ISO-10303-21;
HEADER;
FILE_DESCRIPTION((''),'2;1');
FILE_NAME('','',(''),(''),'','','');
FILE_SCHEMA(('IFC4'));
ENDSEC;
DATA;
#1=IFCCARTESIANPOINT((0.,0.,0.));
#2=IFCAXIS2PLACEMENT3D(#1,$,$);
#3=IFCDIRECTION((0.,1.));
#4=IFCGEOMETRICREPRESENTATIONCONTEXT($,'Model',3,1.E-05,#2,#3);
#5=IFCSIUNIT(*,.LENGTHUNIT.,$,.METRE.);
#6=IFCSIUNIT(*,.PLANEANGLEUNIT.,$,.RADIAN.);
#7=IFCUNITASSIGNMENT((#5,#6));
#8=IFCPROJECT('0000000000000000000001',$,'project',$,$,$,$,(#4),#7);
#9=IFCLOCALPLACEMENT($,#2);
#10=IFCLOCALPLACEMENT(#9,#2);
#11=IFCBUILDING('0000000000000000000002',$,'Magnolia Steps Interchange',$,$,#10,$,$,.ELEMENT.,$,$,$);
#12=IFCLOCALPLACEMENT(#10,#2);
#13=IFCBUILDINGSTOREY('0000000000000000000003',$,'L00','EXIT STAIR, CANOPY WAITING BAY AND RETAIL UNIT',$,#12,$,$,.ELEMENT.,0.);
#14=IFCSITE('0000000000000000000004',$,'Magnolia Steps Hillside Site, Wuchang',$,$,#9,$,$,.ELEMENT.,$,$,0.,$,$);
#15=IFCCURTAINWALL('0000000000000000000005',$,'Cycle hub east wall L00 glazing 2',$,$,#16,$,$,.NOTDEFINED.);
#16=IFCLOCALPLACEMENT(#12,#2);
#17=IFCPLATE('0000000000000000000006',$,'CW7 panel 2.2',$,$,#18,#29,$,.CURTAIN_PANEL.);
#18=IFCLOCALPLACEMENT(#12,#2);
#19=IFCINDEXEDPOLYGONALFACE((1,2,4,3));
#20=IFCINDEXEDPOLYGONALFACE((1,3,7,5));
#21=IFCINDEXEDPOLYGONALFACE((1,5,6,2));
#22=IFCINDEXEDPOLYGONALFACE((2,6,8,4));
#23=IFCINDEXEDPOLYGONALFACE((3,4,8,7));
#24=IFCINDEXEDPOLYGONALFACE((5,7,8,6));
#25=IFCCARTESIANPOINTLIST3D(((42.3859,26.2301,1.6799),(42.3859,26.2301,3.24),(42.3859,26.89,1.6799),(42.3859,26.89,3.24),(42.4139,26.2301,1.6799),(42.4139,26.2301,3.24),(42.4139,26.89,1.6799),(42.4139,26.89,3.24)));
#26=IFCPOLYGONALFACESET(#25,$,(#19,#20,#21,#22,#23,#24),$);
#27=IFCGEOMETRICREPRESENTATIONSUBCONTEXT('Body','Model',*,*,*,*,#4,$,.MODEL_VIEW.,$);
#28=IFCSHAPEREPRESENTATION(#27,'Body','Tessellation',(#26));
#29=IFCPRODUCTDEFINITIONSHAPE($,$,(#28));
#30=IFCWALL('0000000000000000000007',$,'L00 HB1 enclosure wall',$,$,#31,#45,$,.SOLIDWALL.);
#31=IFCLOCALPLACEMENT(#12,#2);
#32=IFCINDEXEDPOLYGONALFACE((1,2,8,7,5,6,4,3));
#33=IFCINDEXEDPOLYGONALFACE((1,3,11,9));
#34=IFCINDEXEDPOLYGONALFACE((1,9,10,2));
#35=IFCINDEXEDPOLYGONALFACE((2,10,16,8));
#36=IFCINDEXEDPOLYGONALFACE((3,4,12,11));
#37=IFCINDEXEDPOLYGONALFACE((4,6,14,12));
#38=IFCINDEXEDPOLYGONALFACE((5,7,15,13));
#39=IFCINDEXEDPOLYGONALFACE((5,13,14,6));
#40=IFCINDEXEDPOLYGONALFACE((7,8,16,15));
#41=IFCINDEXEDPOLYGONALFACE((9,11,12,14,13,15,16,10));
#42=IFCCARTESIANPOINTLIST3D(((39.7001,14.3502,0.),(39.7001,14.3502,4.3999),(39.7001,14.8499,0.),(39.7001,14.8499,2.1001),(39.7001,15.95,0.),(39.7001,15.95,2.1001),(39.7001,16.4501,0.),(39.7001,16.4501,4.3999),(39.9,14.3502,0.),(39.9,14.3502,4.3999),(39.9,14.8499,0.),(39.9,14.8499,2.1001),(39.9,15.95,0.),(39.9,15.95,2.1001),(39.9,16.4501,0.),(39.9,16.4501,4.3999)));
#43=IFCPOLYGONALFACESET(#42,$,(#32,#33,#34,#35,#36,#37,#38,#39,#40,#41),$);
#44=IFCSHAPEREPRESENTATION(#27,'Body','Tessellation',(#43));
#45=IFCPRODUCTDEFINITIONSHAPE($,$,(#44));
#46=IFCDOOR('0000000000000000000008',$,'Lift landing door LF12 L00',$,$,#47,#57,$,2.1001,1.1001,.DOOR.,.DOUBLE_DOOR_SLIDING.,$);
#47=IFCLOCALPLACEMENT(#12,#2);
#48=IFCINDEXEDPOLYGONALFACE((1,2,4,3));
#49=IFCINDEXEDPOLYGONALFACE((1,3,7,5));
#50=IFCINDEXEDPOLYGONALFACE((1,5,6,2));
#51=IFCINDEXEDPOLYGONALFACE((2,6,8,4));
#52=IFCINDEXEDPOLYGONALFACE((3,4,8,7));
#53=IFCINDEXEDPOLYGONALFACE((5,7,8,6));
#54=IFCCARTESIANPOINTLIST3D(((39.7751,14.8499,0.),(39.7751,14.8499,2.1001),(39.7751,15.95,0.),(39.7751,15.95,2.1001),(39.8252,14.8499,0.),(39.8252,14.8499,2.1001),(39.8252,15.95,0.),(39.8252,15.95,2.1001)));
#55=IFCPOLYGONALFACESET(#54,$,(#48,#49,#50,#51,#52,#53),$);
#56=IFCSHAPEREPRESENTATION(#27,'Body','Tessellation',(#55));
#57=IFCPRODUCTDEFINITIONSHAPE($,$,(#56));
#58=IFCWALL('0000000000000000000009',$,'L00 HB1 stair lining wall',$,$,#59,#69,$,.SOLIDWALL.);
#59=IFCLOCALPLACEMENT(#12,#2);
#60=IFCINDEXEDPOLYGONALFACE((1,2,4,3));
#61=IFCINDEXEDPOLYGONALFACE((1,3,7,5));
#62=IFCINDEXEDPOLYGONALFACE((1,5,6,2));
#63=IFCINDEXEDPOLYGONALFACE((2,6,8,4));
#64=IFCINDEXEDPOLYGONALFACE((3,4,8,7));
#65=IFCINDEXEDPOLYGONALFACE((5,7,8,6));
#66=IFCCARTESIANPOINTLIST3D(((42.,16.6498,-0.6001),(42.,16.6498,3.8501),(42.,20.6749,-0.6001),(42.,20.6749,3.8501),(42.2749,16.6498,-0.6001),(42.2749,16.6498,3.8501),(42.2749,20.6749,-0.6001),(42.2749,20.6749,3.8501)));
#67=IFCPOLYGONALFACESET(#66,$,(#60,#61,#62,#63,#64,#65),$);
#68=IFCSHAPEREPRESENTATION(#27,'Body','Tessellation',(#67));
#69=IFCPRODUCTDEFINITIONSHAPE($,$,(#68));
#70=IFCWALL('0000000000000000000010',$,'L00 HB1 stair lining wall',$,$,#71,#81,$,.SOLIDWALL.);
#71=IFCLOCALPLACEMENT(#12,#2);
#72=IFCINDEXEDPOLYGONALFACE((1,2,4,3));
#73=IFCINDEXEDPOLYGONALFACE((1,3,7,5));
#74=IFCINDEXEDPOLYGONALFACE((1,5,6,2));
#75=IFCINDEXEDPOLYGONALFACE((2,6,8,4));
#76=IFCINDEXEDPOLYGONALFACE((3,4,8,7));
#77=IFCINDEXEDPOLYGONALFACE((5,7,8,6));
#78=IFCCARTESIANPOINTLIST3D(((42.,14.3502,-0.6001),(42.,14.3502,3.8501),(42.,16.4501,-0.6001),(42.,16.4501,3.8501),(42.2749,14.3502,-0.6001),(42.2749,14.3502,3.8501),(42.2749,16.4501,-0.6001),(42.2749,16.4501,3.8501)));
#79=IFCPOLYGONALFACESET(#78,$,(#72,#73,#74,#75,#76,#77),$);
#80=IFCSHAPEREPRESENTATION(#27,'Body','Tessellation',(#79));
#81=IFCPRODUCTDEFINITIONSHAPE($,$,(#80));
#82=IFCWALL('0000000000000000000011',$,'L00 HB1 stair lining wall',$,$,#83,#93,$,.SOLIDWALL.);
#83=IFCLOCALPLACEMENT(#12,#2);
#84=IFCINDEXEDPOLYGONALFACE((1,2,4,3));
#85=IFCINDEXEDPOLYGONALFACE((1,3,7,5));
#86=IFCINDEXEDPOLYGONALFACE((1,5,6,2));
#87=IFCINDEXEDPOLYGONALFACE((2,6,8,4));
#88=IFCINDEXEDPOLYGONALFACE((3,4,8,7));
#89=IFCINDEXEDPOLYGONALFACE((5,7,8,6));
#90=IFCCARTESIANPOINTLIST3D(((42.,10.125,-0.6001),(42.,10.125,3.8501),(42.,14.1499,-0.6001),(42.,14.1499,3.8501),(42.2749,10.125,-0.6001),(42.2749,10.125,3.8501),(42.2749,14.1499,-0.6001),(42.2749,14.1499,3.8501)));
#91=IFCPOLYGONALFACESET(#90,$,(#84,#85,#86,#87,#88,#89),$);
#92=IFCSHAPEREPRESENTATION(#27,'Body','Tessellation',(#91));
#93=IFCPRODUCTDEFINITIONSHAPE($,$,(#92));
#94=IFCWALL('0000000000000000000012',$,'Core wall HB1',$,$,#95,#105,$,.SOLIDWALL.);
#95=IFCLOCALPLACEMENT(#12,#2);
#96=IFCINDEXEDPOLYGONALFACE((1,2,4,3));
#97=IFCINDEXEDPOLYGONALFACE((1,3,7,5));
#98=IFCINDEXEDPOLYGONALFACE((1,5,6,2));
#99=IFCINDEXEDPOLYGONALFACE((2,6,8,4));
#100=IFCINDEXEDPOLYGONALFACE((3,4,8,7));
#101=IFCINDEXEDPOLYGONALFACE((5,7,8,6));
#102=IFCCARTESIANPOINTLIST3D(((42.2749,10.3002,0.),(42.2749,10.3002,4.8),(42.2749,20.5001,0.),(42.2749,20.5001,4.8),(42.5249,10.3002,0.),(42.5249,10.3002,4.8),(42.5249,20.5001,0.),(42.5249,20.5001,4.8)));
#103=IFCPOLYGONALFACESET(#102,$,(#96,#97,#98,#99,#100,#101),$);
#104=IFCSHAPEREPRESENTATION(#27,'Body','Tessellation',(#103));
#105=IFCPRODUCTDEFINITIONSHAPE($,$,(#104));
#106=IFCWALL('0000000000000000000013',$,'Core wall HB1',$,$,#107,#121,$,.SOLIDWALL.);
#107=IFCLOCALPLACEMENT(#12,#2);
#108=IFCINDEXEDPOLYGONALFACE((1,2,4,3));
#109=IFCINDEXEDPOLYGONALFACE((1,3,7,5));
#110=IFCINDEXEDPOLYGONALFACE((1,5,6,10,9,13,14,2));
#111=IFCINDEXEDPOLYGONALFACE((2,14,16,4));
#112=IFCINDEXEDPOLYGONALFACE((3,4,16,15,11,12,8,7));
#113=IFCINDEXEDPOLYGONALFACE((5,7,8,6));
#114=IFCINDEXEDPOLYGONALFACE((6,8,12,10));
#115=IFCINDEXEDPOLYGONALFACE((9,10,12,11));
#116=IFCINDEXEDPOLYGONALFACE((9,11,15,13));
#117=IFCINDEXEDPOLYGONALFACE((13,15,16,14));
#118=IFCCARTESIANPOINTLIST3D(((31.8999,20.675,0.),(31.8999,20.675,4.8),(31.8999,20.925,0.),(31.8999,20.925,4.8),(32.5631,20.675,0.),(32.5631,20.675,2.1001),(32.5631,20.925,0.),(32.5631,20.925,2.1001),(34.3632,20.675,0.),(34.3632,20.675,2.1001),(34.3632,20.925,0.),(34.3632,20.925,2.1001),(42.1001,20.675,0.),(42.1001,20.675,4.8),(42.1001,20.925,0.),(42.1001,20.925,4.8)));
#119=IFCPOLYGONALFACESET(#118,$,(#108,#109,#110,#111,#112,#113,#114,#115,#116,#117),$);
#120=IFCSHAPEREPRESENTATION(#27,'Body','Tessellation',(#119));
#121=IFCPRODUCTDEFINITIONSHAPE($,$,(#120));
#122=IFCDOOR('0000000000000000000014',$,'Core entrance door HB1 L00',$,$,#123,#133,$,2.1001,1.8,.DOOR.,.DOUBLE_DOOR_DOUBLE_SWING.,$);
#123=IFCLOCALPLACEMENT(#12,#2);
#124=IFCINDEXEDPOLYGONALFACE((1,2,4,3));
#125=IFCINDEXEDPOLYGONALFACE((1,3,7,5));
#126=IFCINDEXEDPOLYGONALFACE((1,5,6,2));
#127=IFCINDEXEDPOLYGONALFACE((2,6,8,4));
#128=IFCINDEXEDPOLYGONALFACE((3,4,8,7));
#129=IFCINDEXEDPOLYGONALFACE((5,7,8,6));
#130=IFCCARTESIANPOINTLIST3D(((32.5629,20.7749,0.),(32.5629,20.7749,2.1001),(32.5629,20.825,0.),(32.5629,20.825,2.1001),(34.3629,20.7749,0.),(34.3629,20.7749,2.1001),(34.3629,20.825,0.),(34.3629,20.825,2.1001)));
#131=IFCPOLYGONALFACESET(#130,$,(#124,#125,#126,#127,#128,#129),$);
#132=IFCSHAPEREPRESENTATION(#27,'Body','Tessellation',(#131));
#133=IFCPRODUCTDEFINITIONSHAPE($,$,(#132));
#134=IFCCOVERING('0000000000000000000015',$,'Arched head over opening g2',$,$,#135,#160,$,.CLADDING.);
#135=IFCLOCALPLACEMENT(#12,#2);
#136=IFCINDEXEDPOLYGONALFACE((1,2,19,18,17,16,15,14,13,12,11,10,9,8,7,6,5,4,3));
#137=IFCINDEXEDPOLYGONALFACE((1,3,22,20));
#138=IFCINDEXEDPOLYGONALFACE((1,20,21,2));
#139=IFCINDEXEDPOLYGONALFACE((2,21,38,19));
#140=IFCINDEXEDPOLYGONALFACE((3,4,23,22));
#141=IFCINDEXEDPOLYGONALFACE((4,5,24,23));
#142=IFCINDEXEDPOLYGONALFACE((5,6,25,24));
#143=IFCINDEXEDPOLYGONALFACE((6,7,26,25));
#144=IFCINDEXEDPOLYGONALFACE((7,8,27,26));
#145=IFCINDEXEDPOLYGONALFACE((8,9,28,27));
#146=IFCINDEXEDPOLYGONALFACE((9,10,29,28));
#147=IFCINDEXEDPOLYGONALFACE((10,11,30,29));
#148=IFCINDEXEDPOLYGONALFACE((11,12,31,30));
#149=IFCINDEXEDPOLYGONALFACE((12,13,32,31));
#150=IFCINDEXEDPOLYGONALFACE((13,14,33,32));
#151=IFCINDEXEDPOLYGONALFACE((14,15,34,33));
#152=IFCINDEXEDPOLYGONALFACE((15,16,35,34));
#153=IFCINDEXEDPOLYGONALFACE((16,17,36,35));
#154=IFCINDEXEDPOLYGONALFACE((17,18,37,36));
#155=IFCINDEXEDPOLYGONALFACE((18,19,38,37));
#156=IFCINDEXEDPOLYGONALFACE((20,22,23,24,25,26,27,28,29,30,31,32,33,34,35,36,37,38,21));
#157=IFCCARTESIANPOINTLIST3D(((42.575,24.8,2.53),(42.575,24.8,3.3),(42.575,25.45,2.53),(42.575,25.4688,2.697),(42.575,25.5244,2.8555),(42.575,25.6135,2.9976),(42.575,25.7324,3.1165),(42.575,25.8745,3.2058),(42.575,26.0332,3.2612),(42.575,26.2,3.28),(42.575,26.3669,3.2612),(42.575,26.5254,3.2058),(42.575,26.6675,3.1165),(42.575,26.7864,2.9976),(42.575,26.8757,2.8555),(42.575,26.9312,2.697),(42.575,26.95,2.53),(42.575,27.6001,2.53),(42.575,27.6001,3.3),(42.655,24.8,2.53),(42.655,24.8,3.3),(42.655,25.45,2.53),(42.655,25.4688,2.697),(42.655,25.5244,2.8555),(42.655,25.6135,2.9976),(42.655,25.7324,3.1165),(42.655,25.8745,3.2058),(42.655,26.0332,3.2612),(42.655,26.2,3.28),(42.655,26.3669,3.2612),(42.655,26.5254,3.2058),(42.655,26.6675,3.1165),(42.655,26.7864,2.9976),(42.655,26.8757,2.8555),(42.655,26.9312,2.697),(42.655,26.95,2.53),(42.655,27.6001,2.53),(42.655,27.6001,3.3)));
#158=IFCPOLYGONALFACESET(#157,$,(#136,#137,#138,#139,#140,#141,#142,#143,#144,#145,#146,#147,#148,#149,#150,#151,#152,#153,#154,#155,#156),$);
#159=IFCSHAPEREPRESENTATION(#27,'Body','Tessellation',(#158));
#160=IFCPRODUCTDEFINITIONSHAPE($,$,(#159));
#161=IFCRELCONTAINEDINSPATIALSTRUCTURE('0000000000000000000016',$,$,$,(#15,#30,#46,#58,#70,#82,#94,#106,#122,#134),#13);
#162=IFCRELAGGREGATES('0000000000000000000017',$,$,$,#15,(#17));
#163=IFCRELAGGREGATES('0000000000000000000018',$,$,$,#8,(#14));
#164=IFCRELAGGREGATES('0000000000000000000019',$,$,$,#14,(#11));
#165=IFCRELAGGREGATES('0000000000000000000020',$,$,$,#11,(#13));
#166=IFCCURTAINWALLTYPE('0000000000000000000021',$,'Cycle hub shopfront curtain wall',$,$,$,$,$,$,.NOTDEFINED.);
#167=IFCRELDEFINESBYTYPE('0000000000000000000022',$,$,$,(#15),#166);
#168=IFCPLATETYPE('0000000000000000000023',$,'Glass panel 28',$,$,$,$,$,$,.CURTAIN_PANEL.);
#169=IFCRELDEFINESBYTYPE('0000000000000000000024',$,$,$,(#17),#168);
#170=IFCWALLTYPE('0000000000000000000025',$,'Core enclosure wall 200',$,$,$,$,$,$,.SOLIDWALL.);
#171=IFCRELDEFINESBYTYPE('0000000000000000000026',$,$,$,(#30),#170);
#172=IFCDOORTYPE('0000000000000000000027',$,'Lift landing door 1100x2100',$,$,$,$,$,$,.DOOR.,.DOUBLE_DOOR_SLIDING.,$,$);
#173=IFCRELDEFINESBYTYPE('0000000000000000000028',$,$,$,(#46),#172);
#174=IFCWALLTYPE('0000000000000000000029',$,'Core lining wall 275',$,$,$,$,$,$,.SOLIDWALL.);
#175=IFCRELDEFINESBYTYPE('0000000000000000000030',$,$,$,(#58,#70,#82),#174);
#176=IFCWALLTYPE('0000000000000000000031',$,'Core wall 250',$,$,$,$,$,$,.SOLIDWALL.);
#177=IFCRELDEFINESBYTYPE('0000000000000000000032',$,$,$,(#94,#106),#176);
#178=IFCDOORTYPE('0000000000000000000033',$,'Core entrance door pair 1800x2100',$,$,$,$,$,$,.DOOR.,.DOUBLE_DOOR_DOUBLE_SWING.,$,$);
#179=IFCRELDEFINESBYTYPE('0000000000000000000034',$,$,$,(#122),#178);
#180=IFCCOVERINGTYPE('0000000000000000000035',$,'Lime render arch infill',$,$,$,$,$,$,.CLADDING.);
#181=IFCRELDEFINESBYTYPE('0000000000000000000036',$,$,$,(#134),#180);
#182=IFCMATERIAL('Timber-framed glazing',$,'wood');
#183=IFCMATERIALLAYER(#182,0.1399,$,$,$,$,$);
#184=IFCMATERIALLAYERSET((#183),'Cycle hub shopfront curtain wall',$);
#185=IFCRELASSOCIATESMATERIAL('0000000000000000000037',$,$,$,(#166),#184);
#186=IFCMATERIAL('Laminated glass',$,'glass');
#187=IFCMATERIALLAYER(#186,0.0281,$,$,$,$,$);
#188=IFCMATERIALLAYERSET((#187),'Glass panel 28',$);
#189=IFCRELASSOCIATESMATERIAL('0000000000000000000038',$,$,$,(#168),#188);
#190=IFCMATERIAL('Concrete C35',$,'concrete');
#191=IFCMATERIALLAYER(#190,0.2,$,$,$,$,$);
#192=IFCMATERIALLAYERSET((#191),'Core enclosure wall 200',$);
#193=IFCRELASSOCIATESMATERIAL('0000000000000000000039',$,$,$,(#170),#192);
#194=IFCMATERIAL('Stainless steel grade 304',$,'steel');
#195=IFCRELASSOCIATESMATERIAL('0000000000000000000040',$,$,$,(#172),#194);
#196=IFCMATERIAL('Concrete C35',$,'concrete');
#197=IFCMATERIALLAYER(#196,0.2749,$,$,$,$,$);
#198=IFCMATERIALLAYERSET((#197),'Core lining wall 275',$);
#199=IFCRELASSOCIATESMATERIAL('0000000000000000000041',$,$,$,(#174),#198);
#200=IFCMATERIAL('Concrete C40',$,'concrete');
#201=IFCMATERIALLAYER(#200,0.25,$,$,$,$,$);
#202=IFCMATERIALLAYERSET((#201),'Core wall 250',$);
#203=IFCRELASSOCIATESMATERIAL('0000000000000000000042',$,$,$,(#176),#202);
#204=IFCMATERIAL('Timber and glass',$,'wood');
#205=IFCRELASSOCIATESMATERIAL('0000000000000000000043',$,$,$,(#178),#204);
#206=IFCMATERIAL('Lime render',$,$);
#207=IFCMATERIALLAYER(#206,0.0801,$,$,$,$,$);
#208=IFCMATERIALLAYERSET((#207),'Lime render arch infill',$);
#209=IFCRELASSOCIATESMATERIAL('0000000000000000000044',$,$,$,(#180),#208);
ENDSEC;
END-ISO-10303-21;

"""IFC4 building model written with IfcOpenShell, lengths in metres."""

from ifc_helpers import new_model, si_unit, direction, frame, frame_2d, origin, origin_2d, place, context, subcontext, project, spatial, polyline, rectangle, outline, extrude, material, layer, layer_set, type_object, element, fill, aggregate, save


model = new_model("IFC4")

# Units and contexts
model_context = context("Model", 3, precision=1e-05, world=origin(), true_north=direction((0.0, 1.0)))
body_context = subcontext(model_context, "Body", "Model", "MODEL_VIEW")
ifc_project = project(units=[si_unit("LENGTHUNIT", "METRE"), si_unit("PLANEANGLEUNIT", "RADIAN")], contexts=[model_context])

# Site, building, storey
site_placement = place(None, origin())
site = spatial("IfcSite", under=ifc_project, at=site_placement, Name="Magnolia Steps Hillside Site, Wuchang", CompositionType="ELEMENT", RefElevation=0.0)
building_placement = place(site_placement, origin())
building = spatial("IfcBuilding", under=site, at=building_placement, Name="Magnolia Steps Interchange", CompositionType="ELEMENT")
storey_placement = place(building_placement, origin())
storey = spatial("IfcBuildingStorey", under=building, at=storey_placement, Name="L00", Description="EXIT STAIR, CANOPY WAITING BAY AND RETAIL UNIT", CompositionType="ELEMENT", Elevation=0.0)

# Curtain wall
ifc_material_1 = material(Name="Timber-framed glazing", Category="wood")
ifc_layer_1 = layer(ifc_material_1, 0.1399)
ifc_layer_set_1 = layer_set([ifc_layer_1], Name="Cycle hub shopfront curtain wall")
curtain_wall_type = type_object("IfcCurtainWallType", Name="Cycle hub shopfront curtain wall", PredefinedType="NOTDEFINED", material=ifc_layer_set_1)
curtain_wall_placement = place(storey_placement, origin())
curtain_wall = element("IfcCurtainWall", 1, at=curtain_wall_placement, inside=storey, type_object=curtain_wall_type, Name="Cycle hub east wall L00 glazing 2", PredefinedType="NOTDEFINED")

# Plate
ifc_material_2 = material(Name="Laminated glass", Category="glass")
ifc_layer_2 = layer(ifc_material_2, 0.0281)
ifc_layer_set_2 = layer_set([ifc_layer_2], Name="Glass panel 28")
plate_type = type_object("IfcPlateType", Name="Glass panel 28", PredefinedType="CURTAIN_PANEL", material=ifc_layer_set_2)
plate_1_placement = place(storey_placement, frame((42.3999, 26.5601, 1.6799), z_axis=(0.0, 0.0, 1.0), x_axis=(0.0, 1.0, 0.0)))
plate_1 = element("IfcPlate", 2, at=plate_1_placement, type_object=plate_type, Name="CW7 panel 2.2", PredefinedType="CURTAIN_PANEL", context=body_context, shape_type="SweptSolid", body=[
    extrude(rectangle(XDim=0.6599, YDim=0.0281, at=origin_2d()), origin(), (0.0, 0.0, 1.0), 1.5601),
])
aggregate(curtain_wall, [plate_1])

# Wall, opening, door
ifc_material_3 = material(Name="Concrete C35", Category="concrete")
ifc_layer_3 = layer(ifc_material_3, 0.2)
ifc_layer_set_3 = layer_set([ifc_layer_3], Name="Core enclosure wall 200")
wall_type_1 = type_object("IfcWallType", Name="Core enclosure wall 200", PredefinedType="SOLIDWALL", material=ifc_layer_set_3)
wall_1_placement = place(storey_placement, frame((39.8, 16.45, 0.0), z_axis=(0.0, 0.0, 1.0), x_axis=(0.0, -1.0, 0.0)))
wall_1 = element("IfcWall", 3, at=wall_1_placement, inside=storey, type_object=wall_type_1, Name="L00 HB1 enclosure wall", PredefinedType="SOLIDWALL", context=body_context, shape_type="SweptSolid", body=[
    extrude(rectangle(XDim=2.0999, YDim=0.2, at=frame_2d((1.0498, 0.0))), origin(), (0.0, 0.0, 1.0), 4.3999),
])
opening_1_placement = place(wall_1_placement, frame((0.5, 0.0, 0.0)))
opening_1 = element("IfcOpeningElement", 4, at=opening_1_placement, cuts=wall_1, PredefinedType="OPENING", context=body_context, shape_type="SweptSolid", body=[
    extrude(rectangle(XDim=1.1001, YDim=2.1001, at=frame_2d((0.55, 1.05))), frame((0.0, 0.1099, 0.0), z_axis=(0.0, -1.0, 0.0), x_axis=(1.0, 0.0, 0.0)), (0.0, 0.0, 1.0), 0.22),
])
ifc_material_4 = material(Name="Stainless steel grade 304", Category="steel")
door_type_1 = type_object("IfcDoorType", Name="Lift landing door 1100x2100", OperationType="DOUBLE_DOOR_SLIDING", PredefinedType="DOOR", material=ifc_material_4)
door_1_placement = place(opening_1_placement, frame((1.1001, 0.0, 0.0), z_axis=(0.0, 0.0, 1.0), x_axis=(-1.0, 0.0, 0.0)))
door_1 = element("IfcDoor", 5, at=door_1_placement, inside=storey, type_object=door_type_1, Name="Lift landing door LF12 L00", OperationType="DOUBLE_DOOR_SLIDING", OverallHeight=2.1001, OverallWidth=1.1001, PredefinedType="DOOR", context=body_context, shape_type="SweptSolid", body=[
    extrude(rectangle(XDim=1.1001, YDim=2.1001, at=frame_2d((0.55, 1.05))), frame((0.0, 0.0249, 0.0), z_axis=(0.0, -1.0, 0.0), x_axis=(1.0, 0.0, 0.0)), (0.0, 0.0, 1.0), 0.05),
])
fill(opening_1, door_1)

# Walls
ifc_material_5 = material(Name="Concrete C35", Category="concrete")
ifc_layer_4 = layer(ifc_material_5, 0.2749)
ifc_layer_set_4 = layer_set([ifc_layer_4], Name="Core lining wall 275")
wall_type_2 = type_object("IfcWallType", Name="Core lining wall 275", PredefinedType="SOLIDWALL", material=ifc_layer_set_4)
wall_2_placement = place(storey_placement, frame((42.1375, 20.675, -0.6001), z_axis=(0.0, 0.0, 1.0), x_axis=(0.0, -1.0, 0.0)))
element("IfcWall", 6, at=wall_2_placement, inside=storey, type_object=wall_type_2, Name="L00 HB1 stair lining wall", PredefinedType="SOLIDWALL", context=body_context, shape_type="SweptSolid", body=[
    extrude(rectangle(XDim=4.0251, YDim=0.2749, at=frame_2d((2.0127, 0.0))), origin(), (0.0, 0.0, 1.0), 4.4502),
])
wall_3_placement = place(storey_placement, frame((42.1375, 16.45, -0.6001), z_axis=(0.0, 0.0, 1.0), x_axis=(0.0, -1.0, 0.0)))
element("IfcWall", 7, at=wall_3_placement, inside=storey, type_object=wall_type_2, Name="L00 HB1 stair lining wall", PredefinedType="SOLIDWALL", context=body_context, shape_type="SweptSolid", body=[
    extrude(rectangle(XDim=2.0999, YDim=0.2749, at=frame_2d((1.0498, 0.0))), origin(), (0.0, 0.0, 1.0), 4.4502),
])
wall_4_placement = place(storey_placement, frame((42.1375, 14.1499, -0.6001), z_axis=(0.0, 0.0, 1.0), x_axis=(0.0, -1.0, 0.0)))
element("IfcWall", 8, at=wall_4_placement, inside=storey, type_object=wall_type_2, Name="L00 HB1 stair lining wall", PredefinedType="SOLIDWALL", context=body_context, shape_type="SweptSolid", body=[
    extrude(rectangle(XDim=4.0249, YDim=0.2749, at=frame_2d((2.0125, 0.0))), origin(), (0.0, 0.0, 1.0), 4.4502),
])
ifc_material_6 = material(Name="Concrete C40", Category="concrete")
ifc_layer_5 = layer(ifc_material_6, 0.25)
ifc_layer_set_5 = layer_set([ifc_layer_5], Name="Core wall 250")
wall_type_3 = type_object("IfcWallType", Name="Core wall 250", PredefinedType="SOLIDWALL", material=ifc_layer_set_5)
wall_5_placement = place(storey_placement, frame((42.3999, 10.3, 0.0), z_axis=(0.0, 0.0, 1.0), x_axis=(0.0, 1.0, 0.0)))
element("IfcWall", 9, at=wall_5_placement, inside=storey, type_object=wall_type_3, Name="Core wall HB1", PredefinedType="SOLIDWALL", context=body_context, shape_type="SweptSolid", body=[
    extrude(rectangle(XDim=10.2, YDim=0.25, at=frame_2d((5.1001, 0.0))), origin(), (0.0, 0.0, 1.0), 4.8),
])

# Wall, opening, door
wall_6_placement = place(storey_placement, frame((42.1001, 20.8, 0.0), z_axis=(0.0, 0.0, 1.0), x_axis=(-1.0, 0.0, 0.0)))
wall_6 = element("IfcWall", 10, at=wall_6_placement, inside=storey, type_object=wall_type_3, Name="Core wall HB1", PredefinedType="SOLIDWALL", context=body_context, shape_type="SweptSolid", body=[
    extrude(rectangle(XDim=10.2002, YDim=0.25, at=frame_2d((5.1001, 0.0))), origin(), (0.0, 0.0, 1.0), 4.8),
])
opening_2_placement = place(wall_6_placement, frame((7.7371, 0.0, 0.0)))
opening_2 = element("IfcOpeningElement", 11, at=opening_2_placement, cuts=wall_6, PredefinedType="OPENING", context=body_context, shape_type="SweptSolid", body=[
    extrude(rectangle(XDim=1.8, YDim=2.1001, at=frame_2d((0.8999, 1.05))), frame((0.0, 0.135, 0.0), z_axis=(0.0, -1.0, 0.0), x_axis=(1.0, 0.0, 0.0)), (0.0, 0.0, 1.0), 0.27),
])
ifc_material_7 = material(Name="Timber and glass", Category="wood")
door_type_2 = type_object("IfcDoorType", Name="Core entrance door pair 1800x2100", OperationType="DOUBLE_DOOR_DOUBLE_SWING", PredefinedType="DOOR", material=ifc_material_7)
door_2_placement = place(opening_2_placement, frame((1.8, 0.0, 0.0), z_axis=(0.0, 0.0, 1.0), x_axis=(-1.0, 0.0, 0.0)))
door_2 = element("IfcDoor", 12, at=door_2_placement, inside=storey, type_object=door_type_2, Name="Core entrance door HB1 L00", OperationType="DOUBLE_DOOR_DOUBLE_SWING", OverallHeight=2.1001, OverallWidth=1.8, PredefinedType="DOOR", context=body_context, shape_type="SweptSolid", body=[
    extrude(rectangle(XDim=1.8, YDim=2.1001, at=frame_2d((0.8999, 1.05))), frame((0.0, 0.0249, 0.0), z_axis=(0.0, -1.0, 0.0), x_axis=(1.0, 0.0, 0.0)), (0.0, 0.0, 1.0), 0.05),
])
fill(opening_2, door_2)

# Covering
ifc_material_8 = material(Name="Lime render")
ifc_layer_6 = layer(ifc_material_8, 0.0801)
ifc_layer_set_6 = layer_set([ifc_layer_6], Name="Lime render arch infill")
covering_type_1 = type_object("IfcCoveringType", Name="Lime render arch infill", PredefinedType="CLADDING", material=ifc_layer_set_6)
covering_1_placement = place(storey_placement, frame((42.575, 24.8, 2.53), z_axis=(-1.0, 0.0, 0.0), x_axis=(0.0, 0.0, 1.0)))
element("IfcCovering", 13, at=covering_1_placement, inside=storey, type_object=covering_type_1, Name="Arched head over opening g2", PredefinedType="CLADDING", context=body_context, shape_type="SweptSolid", body=[
    extrude(outline(polyline([(0.0, 0.0), (0.77, 0.0), (0.77, 2.8), (0.0, 2.8), (0.0, 2.1499), (0.167, 2.1311), (0.3254, 2.0757), (0.4675, 1.9863), (0.5864, 1.8674), (0.6758, 1.7253), (0.7312, 1.5669), (0.75, 1.3999), (0.7312, 1.2332), (0.6758, 1.0745), (0.5864, 0.9324), (0.4675, 0.8135), (0.3254, 0.7244), (0.167, 0.6687), (0.0, 0.6499), (0.0, 0.0)])), origin(), (0.0, 0.0, -1.0), 0.0801),
])

save(model, "model.ifc")
